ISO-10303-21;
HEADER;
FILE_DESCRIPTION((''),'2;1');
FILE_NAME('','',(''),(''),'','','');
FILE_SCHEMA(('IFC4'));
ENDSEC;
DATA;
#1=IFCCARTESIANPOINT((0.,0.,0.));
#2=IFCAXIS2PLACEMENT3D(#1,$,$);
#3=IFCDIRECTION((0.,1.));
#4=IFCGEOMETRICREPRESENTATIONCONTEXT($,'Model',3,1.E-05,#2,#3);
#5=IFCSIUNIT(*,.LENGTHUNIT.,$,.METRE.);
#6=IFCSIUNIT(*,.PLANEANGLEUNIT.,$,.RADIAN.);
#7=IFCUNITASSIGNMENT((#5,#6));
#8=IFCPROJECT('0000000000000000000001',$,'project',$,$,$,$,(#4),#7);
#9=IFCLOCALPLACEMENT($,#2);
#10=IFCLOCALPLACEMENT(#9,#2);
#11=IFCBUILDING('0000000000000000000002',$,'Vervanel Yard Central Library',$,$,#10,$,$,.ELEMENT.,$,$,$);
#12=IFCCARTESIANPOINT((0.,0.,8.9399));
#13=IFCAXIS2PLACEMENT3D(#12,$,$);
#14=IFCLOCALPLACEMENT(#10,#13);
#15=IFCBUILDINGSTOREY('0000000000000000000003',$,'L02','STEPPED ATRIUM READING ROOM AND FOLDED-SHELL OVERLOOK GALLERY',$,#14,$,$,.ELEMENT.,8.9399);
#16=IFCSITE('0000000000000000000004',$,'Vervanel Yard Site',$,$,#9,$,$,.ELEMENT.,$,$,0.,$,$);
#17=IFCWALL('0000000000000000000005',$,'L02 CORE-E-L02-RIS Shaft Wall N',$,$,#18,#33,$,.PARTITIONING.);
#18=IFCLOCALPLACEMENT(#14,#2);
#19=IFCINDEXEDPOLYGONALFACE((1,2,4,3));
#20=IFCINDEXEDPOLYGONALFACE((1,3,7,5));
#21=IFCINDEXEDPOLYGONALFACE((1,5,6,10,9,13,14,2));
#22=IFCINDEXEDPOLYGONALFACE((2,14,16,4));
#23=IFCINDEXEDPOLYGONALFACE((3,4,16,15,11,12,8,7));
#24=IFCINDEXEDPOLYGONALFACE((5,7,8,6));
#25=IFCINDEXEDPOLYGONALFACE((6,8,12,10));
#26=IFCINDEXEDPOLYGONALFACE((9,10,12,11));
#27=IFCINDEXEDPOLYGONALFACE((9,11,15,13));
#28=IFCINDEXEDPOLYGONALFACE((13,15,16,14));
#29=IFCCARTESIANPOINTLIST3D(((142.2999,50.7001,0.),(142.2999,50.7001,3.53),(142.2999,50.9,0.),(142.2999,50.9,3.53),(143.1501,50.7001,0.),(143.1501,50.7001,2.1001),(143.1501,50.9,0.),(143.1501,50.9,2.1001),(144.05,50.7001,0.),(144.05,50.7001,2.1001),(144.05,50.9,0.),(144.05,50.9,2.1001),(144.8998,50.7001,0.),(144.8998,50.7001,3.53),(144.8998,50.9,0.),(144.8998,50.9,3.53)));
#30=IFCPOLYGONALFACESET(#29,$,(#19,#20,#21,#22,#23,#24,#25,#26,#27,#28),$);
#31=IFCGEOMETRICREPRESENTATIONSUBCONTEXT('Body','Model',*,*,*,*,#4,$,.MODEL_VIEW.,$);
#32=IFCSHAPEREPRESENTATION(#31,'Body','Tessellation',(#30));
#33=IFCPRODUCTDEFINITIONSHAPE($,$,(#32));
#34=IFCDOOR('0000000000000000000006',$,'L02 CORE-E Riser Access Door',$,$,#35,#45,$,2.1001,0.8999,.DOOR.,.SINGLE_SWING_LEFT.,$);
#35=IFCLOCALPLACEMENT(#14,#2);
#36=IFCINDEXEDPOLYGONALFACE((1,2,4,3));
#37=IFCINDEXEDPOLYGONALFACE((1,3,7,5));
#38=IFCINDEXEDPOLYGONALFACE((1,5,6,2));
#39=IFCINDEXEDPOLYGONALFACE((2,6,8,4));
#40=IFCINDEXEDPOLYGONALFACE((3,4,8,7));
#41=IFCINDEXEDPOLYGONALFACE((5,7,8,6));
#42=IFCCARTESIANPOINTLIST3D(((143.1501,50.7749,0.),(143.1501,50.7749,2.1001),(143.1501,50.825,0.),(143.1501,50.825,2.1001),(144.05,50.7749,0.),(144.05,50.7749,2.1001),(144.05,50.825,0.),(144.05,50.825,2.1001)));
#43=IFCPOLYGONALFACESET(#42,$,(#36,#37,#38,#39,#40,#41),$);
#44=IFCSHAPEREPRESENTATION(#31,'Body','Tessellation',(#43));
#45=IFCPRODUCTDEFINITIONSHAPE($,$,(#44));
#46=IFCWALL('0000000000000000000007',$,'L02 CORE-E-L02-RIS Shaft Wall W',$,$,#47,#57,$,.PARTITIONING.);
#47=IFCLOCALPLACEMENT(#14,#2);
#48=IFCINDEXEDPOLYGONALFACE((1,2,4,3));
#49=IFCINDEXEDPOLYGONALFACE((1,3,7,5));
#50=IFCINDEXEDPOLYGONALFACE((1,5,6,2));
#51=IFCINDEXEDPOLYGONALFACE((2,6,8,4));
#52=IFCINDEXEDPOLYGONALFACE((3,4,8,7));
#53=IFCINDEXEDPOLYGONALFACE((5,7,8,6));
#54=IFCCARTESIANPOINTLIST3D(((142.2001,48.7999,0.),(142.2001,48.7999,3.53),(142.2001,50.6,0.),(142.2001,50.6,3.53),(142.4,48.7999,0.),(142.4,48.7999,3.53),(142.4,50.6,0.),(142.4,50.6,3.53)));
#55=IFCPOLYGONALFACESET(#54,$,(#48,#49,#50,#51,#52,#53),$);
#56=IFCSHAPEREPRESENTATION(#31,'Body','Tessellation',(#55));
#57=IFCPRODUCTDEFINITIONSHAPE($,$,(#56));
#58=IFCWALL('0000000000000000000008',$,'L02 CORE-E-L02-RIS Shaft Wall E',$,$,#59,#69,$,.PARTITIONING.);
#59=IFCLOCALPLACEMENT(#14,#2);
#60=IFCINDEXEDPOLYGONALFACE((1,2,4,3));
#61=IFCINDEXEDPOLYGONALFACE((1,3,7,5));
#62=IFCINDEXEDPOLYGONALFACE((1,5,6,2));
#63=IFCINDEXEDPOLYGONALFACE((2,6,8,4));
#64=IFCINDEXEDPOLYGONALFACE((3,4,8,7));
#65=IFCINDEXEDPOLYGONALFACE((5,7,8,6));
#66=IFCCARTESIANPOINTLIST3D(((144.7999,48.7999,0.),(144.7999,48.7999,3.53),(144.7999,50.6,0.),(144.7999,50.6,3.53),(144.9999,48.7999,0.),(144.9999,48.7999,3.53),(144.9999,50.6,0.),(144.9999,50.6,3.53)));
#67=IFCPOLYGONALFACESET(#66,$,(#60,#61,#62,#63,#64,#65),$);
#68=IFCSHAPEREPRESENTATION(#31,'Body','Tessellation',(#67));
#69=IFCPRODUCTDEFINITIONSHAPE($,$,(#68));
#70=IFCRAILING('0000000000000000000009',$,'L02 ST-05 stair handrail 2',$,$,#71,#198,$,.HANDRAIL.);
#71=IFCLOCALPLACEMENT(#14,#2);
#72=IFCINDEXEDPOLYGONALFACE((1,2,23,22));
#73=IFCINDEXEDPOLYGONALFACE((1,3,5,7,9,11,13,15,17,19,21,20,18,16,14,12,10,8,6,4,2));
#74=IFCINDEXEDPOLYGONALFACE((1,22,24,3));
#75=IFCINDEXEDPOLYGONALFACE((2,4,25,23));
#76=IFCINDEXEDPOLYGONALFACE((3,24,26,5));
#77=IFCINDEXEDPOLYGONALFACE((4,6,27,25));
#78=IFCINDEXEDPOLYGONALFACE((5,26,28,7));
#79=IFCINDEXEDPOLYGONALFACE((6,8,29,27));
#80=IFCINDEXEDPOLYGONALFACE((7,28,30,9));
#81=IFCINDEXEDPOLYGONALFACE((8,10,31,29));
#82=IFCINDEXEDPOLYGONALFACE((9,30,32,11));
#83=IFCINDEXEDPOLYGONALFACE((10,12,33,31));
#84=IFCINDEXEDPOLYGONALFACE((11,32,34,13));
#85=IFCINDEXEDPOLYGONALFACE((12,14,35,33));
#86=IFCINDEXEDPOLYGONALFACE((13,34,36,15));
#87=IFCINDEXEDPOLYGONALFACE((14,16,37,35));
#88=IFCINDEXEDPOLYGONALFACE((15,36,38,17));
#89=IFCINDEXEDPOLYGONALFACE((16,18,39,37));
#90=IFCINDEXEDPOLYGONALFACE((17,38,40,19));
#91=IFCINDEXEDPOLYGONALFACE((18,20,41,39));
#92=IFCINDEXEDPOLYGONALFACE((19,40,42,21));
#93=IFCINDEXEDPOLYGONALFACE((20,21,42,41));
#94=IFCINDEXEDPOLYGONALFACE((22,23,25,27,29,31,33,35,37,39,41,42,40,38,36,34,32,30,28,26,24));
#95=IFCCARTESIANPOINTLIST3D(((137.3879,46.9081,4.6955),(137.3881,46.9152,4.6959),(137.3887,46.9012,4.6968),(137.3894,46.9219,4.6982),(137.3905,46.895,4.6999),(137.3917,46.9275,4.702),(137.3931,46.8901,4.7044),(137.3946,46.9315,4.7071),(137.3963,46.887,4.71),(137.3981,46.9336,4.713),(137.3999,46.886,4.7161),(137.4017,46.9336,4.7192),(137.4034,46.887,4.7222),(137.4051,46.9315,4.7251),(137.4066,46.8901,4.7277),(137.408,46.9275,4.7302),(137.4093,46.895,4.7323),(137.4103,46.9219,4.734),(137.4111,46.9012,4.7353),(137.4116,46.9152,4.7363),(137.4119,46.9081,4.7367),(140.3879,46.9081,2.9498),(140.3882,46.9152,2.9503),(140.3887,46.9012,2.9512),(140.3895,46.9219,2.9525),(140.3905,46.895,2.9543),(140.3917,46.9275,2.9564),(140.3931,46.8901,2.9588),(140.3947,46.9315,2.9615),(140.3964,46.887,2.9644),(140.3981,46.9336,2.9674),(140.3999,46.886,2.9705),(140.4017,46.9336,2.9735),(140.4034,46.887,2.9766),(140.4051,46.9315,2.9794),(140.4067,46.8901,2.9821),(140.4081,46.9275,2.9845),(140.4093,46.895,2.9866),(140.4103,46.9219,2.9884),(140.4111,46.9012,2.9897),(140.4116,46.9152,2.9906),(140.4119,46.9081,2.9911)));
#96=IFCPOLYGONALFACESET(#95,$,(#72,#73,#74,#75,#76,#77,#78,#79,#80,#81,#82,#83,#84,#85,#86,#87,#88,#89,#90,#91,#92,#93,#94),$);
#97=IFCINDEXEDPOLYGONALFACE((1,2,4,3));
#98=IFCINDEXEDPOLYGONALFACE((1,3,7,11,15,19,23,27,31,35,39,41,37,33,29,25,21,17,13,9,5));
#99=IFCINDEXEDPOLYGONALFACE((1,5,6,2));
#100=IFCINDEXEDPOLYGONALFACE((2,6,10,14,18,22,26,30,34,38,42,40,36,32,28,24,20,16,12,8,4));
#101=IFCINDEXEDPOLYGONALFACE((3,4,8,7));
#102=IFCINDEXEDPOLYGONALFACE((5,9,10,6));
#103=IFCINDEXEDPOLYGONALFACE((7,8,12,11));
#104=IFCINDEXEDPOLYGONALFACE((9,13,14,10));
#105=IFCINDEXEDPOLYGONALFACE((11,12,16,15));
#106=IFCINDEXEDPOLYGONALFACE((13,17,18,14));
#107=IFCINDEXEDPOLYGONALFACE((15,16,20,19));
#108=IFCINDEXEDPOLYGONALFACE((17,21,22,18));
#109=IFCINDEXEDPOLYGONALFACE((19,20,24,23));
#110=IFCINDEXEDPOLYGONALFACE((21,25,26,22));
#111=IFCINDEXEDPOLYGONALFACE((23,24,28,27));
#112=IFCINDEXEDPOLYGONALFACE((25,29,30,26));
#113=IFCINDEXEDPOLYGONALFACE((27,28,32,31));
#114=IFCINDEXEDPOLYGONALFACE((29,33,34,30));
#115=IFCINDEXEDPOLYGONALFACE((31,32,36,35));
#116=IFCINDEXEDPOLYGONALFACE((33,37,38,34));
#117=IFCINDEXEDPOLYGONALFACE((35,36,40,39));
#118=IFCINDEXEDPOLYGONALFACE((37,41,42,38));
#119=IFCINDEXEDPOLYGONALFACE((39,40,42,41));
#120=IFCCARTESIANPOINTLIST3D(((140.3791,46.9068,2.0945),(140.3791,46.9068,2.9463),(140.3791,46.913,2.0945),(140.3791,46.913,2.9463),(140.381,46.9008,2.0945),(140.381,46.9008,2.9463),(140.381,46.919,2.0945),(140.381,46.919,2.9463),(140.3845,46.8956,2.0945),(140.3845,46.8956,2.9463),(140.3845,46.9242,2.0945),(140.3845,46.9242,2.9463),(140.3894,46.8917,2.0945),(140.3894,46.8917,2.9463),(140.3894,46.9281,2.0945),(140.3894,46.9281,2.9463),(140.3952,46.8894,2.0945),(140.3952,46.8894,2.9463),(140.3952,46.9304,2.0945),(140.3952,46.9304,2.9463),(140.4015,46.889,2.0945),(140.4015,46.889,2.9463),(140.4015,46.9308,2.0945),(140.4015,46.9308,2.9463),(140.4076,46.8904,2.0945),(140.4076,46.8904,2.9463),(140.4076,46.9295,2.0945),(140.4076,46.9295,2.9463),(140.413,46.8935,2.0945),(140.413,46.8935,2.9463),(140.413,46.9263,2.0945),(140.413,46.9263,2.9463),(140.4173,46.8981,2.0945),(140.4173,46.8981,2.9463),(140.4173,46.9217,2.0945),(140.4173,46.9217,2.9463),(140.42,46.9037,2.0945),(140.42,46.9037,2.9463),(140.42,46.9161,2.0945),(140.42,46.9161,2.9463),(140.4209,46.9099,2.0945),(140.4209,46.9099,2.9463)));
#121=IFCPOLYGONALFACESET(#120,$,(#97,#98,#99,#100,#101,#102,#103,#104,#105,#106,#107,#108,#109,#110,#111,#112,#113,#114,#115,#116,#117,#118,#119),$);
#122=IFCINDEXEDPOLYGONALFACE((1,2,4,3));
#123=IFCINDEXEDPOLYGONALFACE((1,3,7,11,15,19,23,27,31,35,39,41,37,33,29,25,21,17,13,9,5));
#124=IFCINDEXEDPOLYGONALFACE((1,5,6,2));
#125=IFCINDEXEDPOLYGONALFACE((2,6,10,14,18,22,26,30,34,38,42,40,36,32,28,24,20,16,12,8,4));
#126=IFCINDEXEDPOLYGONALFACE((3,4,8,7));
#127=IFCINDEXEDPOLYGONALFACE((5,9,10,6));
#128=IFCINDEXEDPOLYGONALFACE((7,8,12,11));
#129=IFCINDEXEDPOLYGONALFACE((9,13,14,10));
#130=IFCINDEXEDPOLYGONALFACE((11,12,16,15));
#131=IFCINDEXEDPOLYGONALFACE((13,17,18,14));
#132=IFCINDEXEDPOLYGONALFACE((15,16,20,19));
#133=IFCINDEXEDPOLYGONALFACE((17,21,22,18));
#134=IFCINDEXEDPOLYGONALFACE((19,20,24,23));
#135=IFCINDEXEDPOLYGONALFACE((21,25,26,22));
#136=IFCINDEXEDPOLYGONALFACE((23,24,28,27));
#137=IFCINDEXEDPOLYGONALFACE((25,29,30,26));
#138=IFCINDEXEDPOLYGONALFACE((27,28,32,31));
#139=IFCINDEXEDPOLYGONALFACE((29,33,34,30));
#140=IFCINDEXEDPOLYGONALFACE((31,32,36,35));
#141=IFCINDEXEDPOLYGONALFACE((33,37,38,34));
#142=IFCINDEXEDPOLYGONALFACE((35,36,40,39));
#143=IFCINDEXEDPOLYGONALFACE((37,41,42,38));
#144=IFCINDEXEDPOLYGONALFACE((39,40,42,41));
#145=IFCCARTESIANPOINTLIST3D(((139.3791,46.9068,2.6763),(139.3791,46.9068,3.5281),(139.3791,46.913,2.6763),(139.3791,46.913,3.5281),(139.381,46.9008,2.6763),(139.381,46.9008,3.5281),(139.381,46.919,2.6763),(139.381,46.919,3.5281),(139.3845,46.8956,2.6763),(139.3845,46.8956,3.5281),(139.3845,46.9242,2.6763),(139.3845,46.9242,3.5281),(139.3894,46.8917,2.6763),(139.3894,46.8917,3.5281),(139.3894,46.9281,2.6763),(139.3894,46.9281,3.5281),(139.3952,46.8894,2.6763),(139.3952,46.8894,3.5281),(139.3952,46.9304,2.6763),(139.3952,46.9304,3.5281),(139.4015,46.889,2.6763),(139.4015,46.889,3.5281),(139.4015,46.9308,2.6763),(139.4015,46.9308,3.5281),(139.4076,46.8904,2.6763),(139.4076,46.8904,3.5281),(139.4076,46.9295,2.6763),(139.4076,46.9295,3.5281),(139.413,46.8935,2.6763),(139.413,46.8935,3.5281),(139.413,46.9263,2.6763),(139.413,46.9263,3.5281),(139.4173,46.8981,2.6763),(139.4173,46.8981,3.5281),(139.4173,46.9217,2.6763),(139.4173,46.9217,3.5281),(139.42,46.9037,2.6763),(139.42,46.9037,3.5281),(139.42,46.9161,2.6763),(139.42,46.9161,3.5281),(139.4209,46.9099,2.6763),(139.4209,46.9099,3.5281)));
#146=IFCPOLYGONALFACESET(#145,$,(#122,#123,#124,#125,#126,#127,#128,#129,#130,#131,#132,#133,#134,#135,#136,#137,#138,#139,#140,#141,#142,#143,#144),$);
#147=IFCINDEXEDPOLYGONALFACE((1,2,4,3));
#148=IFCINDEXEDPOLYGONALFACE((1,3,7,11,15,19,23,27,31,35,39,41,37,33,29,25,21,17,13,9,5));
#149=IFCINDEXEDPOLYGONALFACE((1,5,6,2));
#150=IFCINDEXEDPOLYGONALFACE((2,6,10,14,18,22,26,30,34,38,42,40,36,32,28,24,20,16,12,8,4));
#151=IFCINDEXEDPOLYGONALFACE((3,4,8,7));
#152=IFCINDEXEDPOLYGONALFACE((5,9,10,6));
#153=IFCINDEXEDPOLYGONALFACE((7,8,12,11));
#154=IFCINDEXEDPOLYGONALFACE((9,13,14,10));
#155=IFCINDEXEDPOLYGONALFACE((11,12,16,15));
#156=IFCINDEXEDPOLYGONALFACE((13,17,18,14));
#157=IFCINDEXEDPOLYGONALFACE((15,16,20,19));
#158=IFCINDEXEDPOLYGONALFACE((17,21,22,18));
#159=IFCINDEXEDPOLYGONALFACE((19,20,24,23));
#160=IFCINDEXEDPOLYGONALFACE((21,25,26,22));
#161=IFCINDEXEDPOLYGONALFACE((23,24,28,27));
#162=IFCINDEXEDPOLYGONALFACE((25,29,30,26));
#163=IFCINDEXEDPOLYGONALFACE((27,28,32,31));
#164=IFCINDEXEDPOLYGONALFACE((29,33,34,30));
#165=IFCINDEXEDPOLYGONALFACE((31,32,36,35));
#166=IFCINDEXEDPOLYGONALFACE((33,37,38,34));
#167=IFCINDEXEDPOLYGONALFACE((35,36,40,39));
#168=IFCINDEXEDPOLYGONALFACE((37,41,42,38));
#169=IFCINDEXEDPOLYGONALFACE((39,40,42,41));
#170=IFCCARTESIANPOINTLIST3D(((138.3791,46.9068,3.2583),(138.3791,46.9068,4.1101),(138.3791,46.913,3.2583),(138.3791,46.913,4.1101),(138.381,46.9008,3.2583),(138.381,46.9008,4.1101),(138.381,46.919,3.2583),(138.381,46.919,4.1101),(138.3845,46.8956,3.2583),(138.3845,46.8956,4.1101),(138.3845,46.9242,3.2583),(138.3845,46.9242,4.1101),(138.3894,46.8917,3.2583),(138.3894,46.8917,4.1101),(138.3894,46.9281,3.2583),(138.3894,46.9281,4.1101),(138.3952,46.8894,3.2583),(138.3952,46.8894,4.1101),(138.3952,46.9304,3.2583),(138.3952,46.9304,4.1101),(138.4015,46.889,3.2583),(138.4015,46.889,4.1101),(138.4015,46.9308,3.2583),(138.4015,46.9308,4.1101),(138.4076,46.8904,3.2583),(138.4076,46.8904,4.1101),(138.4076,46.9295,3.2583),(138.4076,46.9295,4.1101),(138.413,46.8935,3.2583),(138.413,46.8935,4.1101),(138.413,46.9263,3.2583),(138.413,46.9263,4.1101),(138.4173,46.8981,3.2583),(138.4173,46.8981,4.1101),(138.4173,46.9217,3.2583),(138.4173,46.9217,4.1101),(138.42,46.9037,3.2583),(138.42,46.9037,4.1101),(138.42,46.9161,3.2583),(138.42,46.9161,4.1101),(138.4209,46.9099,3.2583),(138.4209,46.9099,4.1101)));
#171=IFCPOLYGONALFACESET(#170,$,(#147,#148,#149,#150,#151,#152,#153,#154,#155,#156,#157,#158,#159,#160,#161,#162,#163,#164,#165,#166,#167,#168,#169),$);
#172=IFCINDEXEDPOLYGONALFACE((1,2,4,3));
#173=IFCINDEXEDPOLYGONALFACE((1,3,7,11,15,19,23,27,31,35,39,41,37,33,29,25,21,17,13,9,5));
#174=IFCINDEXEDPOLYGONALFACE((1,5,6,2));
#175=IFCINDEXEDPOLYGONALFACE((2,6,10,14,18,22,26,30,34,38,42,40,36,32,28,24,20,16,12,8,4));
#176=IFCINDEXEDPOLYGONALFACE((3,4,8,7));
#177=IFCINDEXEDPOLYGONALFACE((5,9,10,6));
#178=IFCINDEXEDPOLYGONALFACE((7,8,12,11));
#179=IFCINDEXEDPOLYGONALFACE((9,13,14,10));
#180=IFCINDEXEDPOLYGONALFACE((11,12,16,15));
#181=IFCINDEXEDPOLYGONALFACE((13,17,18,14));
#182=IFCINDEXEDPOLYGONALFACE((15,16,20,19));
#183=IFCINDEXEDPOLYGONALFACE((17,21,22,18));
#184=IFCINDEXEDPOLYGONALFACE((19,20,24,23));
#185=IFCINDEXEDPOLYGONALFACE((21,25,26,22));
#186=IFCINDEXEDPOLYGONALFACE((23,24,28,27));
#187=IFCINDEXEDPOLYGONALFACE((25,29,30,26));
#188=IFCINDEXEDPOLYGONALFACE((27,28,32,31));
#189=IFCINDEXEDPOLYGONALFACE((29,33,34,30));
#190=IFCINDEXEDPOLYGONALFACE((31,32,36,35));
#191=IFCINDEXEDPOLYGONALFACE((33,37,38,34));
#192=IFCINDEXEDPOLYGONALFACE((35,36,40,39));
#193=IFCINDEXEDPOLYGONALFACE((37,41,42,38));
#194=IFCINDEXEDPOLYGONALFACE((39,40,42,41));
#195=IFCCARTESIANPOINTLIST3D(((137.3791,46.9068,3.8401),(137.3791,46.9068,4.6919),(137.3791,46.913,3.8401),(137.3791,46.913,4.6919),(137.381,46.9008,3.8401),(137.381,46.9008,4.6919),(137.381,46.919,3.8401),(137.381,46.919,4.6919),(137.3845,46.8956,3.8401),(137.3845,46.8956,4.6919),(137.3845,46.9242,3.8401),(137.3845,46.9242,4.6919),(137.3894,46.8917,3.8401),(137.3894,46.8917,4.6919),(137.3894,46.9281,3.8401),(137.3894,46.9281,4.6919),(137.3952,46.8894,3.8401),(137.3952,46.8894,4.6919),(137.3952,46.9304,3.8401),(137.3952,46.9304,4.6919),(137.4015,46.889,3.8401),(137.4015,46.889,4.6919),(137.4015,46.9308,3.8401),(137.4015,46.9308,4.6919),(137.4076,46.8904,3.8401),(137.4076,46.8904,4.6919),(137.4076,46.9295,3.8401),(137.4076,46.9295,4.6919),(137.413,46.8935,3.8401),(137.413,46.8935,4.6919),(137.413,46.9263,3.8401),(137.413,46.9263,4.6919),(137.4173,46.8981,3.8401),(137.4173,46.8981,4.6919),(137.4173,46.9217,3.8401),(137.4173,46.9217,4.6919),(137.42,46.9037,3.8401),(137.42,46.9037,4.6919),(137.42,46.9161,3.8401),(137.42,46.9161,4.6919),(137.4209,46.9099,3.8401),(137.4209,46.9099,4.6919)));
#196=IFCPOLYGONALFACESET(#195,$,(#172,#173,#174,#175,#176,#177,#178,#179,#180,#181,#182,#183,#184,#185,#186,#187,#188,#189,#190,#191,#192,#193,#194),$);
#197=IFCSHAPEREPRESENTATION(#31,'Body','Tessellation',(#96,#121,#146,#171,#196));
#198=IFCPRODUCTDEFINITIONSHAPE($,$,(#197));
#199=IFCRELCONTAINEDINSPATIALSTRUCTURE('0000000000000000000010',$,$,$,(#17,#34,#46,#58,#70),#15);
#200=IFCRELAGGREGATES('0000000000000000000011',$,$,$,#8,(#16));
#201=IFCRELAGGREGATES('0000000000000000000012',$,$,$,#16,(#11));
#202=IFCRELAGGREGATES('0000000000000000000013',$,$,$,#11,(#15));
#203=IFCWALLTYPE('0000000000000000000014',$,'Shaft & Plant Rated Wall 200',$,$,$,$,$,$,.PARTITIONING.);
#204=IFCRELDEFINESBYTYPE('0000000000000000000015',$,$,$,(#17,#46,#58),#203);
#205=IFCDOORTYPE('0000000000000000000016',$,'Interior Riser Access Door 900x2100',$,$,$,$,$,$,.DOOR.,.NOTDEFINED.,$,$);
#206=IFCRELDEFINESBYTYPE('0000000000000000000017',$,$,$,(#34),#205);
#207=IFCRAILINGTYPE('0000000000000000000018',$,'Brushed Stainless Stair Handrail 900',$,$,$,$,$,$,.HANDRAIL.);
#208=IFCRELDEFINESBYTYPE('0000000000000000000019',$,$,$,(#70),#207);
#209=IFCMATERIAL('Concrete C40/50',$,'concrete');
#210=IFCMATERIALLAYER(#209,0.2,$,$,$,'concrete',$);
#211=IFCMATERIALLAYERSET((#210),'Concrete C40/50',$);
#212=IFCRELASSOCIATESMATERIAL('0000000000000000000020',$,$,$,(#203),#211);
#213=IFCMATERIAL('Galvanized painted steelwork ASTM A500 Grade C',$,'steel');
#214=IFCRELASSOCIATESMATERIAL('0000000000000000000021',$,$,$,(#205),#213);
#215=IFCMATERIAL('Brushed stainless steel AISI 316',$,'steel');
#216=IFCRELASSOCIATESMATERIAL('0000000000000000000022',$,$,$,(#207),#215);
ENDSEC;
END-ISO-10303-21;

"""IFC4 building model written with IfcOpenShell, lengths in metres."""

from ifc_helpers import new_model, si_unit, direction, frame, frame_2d, origin, origin_2d, place, context, subcontext, project, spatial, rectangle, circle, extrude, material, layer, layer_set, type_object, element, fill, save


model = new_model("IFC4")

# Units and contexts
model_context = context("Model", 3, precision=1e-05, world=origin(), true_north=direction((0.0, 1.0)))
body_context = subcontext(model_context, "Body", "Model", "MODEL_VIEW")
ifc_project = project(units=[si_unit("LENGTHUNIT", "METRE"), si_unit("PLANEANGLEUNIT", "RADIAN")], contexts=[model_context])

# Site, building, storey
site_placement = place(None, origin())
site = spatial("IfcSite", under=ifc_project, at=site_placement, Name="Vervanel Yard Site", CompositionType="ELEMENT", RefElevation=0.0)
building_placement = place(site_placement, origin())
building = spatial("IfcBuilding", under=site, at=building_placement, Name="Vervanel Yard Central Library", CompositionType="ELEMENT")
storey_placement = place(building_placement, frame((0.0, 0.0, 8.9399)))
storey = spatial("IfcBuildingStorey", under=building, at=storey_placement, Name="L02", Description="STEPPED ATRIUM READING ROOM AND FOLDED-SHELL OVERLOOK GALLERY", CompositionType="ELEMENT", Elevation=8.9399)

# Shared definitions
ifc_material_1 = material(Name="Galvanized painted steelwork ASTM A500 Grade C", Category="steel")

# Shared definitions
ifc_material_2 = material(Name="Concrete C40/50", Category="concrete")
ifc_layer_1 = layer(ifc_material_2, 0.2, Category="concrete")
ifc_layer_set_1 = layer_set([ifc_layer_1], Name="Concrete C40/50")
wall_type_1 = type_object("IfcWallType", Name="Shaft & Plant Rated Wall 200", PredefinedType="PARTITIONING", material=ifc_layer_set_1)

# Shared definitions
ifc_material_3 = material(Name="Brushed stainless steel AISI 316", Category="steel")

# Wall, opening, door
wall_1_placement = place(storey_placement, frame((142.3, 50.8, 0.0), z_axis=(0.0, 0.0, 1.0), x_axis=(1.0, 0.0, 0.0)))
wall_1 = element("IfcWall", 1, at=wall_1_placement, inside=storey, type_object=wall_type_1, Name="L02 CORE-E-L02-RIS Shaft Wall N", PredefinedType="PARTITIONING", context=body_context, shape_type="SweptSolid", body=[
    extrude(rectangle(XDim=2.5999, YDim=0.2, at=frame_2d((1.2998, 0.0))), origin(), (0.0, 0.0, 1.0), 3.53),
])
opening_1_placement = place(wall_1_placement, frame((0.8501, 0.0, 0.0)))
opening_1 = element("IfcOpeningElement", 2, at=opening_1_placement, cuts=wall_1, PredefinedType="OPENING", context=body_context, shape_type="SweptSolid", body=[
    extrude(rectangle(XDim=0.8999, YDim=2.1001, at=frame_2d((0.45, 1.05))), frame((0.0, 0.1099, 0.0), z_axis=(0.0, -1.0, 0.0), x_axis=(1.0, 0.0, 0.0)), (0.0, 0.0, 1.0), 0.22),
])
door_type_1 = type_object("IfcDoorType", Name="Interior Riser Access Door 900x2100", OperationType="NOTDEFINED", PredefinedType="DOOR", material=ifc_material_1)
door_1_placement = place(opening_1_placement, origin())
door_1 = element("IfcDoor", 3, at=door_1_placement, inside=storey, type_object=door_type_1, Name="L02 CORE-E Riser Access Door", OperationType="SINGLE_SWING_LEFT", OverallHeight=2.1001, OverallWidth=0.8999, PredefinedType="DOOR", context=body_context, shape_type="SweptSolid", body=[
    extrude(rectangle(XDim=0.8999, YDim=2.1001, at=frame_2d((0.45, 1.05))), frame((0.0, 0.0249, 0.0), z_axis=(0.0, -1.0, 0.0), x_axis=(1.0, 0.0, 0.0)), (0.0, 0.0, 1.0), 0.05),
])
fill(opening_1, door_1)

# Walls
for number, where, z_axis, x_axis, name in (
    (4, (142.3, 48.8, 0.0), (0.0, 0.0, 1.0), (0.0, 1.0, 0.0), "L02 CORE-E-L02-RIS Shaft Wall W"),
    (5, (144.8999, 48.8, 0.0), (0.0, 0.0, 1.0), (0.0, 1.0, 0.0), "L02 CORE-E-L02-RIS Shaft Wall E"),
):
    element("IfcWall", number, at=place(storey_placement, frame(where, z_axis=z_axis, x_axis=x_axis)), inside=storey, type_object=wall_type_1, Name=name, PredefinedType="PARTITIONING", context=body_context, shape_type="SweptSolid", body=[
        extrude(rectangle(XDim=1.8, YDim=0.2, at=frame_2d((0.8999, 0.0))), origin(), (0.0, 0.0, 1.0), 3.53),
    ])

# Railing
railing_type_1 = type_object("IfcRailingType", Name="Brushed Stainless Stair Handrail 900", PredefinedType="HANDRAIL", material=ifc_material_3)
railing_1_placement = place(storey_placement, frame((140.3999, 46.9099, 2.0945)))
element("IfcRailing", 6, at=railing_1_placement, inside=storey, type_object=railing_type_1, Name="L02 ST-05 stair handrail 2", PredefinedType="HANDRAIL", context=body_context, shape_type="SweptSolid", body=[
    extrude(circle(Radius=0.0239, at=origin_2d()), frame((0.0, 0.0, 0.876), z_axis=(-0.864329, 0.0, 0.502926), x_axis=(0.0, -1.0, 0.0)), (0.0, 0.0, 1.0), 3.4709),
    extrude(circle(Radius=0.021, at=origin_2d()), origin(), (0.0, 0.0, 1.0), 0.8518),
    extrude(circle(Radius=0.021, at=origin_2d()), frame((-1.0, 0.0, 0.5818)), (0.0, 0.0, 1.0), 0.8518),
    extrude(circle(Radius=0.021, at=origin_2d()), frame((-2.0, 0.0, 1.1638)), (0.0, 0.0, 1.0), 0.8518),
    extrude(circle(Radius=0.021, at=origin_2d()), frame((-3.0, 0.0, 1.7456)), (0.0, 0.0, 1.0), 0.8518),
])

save(model, "model.ifc")
